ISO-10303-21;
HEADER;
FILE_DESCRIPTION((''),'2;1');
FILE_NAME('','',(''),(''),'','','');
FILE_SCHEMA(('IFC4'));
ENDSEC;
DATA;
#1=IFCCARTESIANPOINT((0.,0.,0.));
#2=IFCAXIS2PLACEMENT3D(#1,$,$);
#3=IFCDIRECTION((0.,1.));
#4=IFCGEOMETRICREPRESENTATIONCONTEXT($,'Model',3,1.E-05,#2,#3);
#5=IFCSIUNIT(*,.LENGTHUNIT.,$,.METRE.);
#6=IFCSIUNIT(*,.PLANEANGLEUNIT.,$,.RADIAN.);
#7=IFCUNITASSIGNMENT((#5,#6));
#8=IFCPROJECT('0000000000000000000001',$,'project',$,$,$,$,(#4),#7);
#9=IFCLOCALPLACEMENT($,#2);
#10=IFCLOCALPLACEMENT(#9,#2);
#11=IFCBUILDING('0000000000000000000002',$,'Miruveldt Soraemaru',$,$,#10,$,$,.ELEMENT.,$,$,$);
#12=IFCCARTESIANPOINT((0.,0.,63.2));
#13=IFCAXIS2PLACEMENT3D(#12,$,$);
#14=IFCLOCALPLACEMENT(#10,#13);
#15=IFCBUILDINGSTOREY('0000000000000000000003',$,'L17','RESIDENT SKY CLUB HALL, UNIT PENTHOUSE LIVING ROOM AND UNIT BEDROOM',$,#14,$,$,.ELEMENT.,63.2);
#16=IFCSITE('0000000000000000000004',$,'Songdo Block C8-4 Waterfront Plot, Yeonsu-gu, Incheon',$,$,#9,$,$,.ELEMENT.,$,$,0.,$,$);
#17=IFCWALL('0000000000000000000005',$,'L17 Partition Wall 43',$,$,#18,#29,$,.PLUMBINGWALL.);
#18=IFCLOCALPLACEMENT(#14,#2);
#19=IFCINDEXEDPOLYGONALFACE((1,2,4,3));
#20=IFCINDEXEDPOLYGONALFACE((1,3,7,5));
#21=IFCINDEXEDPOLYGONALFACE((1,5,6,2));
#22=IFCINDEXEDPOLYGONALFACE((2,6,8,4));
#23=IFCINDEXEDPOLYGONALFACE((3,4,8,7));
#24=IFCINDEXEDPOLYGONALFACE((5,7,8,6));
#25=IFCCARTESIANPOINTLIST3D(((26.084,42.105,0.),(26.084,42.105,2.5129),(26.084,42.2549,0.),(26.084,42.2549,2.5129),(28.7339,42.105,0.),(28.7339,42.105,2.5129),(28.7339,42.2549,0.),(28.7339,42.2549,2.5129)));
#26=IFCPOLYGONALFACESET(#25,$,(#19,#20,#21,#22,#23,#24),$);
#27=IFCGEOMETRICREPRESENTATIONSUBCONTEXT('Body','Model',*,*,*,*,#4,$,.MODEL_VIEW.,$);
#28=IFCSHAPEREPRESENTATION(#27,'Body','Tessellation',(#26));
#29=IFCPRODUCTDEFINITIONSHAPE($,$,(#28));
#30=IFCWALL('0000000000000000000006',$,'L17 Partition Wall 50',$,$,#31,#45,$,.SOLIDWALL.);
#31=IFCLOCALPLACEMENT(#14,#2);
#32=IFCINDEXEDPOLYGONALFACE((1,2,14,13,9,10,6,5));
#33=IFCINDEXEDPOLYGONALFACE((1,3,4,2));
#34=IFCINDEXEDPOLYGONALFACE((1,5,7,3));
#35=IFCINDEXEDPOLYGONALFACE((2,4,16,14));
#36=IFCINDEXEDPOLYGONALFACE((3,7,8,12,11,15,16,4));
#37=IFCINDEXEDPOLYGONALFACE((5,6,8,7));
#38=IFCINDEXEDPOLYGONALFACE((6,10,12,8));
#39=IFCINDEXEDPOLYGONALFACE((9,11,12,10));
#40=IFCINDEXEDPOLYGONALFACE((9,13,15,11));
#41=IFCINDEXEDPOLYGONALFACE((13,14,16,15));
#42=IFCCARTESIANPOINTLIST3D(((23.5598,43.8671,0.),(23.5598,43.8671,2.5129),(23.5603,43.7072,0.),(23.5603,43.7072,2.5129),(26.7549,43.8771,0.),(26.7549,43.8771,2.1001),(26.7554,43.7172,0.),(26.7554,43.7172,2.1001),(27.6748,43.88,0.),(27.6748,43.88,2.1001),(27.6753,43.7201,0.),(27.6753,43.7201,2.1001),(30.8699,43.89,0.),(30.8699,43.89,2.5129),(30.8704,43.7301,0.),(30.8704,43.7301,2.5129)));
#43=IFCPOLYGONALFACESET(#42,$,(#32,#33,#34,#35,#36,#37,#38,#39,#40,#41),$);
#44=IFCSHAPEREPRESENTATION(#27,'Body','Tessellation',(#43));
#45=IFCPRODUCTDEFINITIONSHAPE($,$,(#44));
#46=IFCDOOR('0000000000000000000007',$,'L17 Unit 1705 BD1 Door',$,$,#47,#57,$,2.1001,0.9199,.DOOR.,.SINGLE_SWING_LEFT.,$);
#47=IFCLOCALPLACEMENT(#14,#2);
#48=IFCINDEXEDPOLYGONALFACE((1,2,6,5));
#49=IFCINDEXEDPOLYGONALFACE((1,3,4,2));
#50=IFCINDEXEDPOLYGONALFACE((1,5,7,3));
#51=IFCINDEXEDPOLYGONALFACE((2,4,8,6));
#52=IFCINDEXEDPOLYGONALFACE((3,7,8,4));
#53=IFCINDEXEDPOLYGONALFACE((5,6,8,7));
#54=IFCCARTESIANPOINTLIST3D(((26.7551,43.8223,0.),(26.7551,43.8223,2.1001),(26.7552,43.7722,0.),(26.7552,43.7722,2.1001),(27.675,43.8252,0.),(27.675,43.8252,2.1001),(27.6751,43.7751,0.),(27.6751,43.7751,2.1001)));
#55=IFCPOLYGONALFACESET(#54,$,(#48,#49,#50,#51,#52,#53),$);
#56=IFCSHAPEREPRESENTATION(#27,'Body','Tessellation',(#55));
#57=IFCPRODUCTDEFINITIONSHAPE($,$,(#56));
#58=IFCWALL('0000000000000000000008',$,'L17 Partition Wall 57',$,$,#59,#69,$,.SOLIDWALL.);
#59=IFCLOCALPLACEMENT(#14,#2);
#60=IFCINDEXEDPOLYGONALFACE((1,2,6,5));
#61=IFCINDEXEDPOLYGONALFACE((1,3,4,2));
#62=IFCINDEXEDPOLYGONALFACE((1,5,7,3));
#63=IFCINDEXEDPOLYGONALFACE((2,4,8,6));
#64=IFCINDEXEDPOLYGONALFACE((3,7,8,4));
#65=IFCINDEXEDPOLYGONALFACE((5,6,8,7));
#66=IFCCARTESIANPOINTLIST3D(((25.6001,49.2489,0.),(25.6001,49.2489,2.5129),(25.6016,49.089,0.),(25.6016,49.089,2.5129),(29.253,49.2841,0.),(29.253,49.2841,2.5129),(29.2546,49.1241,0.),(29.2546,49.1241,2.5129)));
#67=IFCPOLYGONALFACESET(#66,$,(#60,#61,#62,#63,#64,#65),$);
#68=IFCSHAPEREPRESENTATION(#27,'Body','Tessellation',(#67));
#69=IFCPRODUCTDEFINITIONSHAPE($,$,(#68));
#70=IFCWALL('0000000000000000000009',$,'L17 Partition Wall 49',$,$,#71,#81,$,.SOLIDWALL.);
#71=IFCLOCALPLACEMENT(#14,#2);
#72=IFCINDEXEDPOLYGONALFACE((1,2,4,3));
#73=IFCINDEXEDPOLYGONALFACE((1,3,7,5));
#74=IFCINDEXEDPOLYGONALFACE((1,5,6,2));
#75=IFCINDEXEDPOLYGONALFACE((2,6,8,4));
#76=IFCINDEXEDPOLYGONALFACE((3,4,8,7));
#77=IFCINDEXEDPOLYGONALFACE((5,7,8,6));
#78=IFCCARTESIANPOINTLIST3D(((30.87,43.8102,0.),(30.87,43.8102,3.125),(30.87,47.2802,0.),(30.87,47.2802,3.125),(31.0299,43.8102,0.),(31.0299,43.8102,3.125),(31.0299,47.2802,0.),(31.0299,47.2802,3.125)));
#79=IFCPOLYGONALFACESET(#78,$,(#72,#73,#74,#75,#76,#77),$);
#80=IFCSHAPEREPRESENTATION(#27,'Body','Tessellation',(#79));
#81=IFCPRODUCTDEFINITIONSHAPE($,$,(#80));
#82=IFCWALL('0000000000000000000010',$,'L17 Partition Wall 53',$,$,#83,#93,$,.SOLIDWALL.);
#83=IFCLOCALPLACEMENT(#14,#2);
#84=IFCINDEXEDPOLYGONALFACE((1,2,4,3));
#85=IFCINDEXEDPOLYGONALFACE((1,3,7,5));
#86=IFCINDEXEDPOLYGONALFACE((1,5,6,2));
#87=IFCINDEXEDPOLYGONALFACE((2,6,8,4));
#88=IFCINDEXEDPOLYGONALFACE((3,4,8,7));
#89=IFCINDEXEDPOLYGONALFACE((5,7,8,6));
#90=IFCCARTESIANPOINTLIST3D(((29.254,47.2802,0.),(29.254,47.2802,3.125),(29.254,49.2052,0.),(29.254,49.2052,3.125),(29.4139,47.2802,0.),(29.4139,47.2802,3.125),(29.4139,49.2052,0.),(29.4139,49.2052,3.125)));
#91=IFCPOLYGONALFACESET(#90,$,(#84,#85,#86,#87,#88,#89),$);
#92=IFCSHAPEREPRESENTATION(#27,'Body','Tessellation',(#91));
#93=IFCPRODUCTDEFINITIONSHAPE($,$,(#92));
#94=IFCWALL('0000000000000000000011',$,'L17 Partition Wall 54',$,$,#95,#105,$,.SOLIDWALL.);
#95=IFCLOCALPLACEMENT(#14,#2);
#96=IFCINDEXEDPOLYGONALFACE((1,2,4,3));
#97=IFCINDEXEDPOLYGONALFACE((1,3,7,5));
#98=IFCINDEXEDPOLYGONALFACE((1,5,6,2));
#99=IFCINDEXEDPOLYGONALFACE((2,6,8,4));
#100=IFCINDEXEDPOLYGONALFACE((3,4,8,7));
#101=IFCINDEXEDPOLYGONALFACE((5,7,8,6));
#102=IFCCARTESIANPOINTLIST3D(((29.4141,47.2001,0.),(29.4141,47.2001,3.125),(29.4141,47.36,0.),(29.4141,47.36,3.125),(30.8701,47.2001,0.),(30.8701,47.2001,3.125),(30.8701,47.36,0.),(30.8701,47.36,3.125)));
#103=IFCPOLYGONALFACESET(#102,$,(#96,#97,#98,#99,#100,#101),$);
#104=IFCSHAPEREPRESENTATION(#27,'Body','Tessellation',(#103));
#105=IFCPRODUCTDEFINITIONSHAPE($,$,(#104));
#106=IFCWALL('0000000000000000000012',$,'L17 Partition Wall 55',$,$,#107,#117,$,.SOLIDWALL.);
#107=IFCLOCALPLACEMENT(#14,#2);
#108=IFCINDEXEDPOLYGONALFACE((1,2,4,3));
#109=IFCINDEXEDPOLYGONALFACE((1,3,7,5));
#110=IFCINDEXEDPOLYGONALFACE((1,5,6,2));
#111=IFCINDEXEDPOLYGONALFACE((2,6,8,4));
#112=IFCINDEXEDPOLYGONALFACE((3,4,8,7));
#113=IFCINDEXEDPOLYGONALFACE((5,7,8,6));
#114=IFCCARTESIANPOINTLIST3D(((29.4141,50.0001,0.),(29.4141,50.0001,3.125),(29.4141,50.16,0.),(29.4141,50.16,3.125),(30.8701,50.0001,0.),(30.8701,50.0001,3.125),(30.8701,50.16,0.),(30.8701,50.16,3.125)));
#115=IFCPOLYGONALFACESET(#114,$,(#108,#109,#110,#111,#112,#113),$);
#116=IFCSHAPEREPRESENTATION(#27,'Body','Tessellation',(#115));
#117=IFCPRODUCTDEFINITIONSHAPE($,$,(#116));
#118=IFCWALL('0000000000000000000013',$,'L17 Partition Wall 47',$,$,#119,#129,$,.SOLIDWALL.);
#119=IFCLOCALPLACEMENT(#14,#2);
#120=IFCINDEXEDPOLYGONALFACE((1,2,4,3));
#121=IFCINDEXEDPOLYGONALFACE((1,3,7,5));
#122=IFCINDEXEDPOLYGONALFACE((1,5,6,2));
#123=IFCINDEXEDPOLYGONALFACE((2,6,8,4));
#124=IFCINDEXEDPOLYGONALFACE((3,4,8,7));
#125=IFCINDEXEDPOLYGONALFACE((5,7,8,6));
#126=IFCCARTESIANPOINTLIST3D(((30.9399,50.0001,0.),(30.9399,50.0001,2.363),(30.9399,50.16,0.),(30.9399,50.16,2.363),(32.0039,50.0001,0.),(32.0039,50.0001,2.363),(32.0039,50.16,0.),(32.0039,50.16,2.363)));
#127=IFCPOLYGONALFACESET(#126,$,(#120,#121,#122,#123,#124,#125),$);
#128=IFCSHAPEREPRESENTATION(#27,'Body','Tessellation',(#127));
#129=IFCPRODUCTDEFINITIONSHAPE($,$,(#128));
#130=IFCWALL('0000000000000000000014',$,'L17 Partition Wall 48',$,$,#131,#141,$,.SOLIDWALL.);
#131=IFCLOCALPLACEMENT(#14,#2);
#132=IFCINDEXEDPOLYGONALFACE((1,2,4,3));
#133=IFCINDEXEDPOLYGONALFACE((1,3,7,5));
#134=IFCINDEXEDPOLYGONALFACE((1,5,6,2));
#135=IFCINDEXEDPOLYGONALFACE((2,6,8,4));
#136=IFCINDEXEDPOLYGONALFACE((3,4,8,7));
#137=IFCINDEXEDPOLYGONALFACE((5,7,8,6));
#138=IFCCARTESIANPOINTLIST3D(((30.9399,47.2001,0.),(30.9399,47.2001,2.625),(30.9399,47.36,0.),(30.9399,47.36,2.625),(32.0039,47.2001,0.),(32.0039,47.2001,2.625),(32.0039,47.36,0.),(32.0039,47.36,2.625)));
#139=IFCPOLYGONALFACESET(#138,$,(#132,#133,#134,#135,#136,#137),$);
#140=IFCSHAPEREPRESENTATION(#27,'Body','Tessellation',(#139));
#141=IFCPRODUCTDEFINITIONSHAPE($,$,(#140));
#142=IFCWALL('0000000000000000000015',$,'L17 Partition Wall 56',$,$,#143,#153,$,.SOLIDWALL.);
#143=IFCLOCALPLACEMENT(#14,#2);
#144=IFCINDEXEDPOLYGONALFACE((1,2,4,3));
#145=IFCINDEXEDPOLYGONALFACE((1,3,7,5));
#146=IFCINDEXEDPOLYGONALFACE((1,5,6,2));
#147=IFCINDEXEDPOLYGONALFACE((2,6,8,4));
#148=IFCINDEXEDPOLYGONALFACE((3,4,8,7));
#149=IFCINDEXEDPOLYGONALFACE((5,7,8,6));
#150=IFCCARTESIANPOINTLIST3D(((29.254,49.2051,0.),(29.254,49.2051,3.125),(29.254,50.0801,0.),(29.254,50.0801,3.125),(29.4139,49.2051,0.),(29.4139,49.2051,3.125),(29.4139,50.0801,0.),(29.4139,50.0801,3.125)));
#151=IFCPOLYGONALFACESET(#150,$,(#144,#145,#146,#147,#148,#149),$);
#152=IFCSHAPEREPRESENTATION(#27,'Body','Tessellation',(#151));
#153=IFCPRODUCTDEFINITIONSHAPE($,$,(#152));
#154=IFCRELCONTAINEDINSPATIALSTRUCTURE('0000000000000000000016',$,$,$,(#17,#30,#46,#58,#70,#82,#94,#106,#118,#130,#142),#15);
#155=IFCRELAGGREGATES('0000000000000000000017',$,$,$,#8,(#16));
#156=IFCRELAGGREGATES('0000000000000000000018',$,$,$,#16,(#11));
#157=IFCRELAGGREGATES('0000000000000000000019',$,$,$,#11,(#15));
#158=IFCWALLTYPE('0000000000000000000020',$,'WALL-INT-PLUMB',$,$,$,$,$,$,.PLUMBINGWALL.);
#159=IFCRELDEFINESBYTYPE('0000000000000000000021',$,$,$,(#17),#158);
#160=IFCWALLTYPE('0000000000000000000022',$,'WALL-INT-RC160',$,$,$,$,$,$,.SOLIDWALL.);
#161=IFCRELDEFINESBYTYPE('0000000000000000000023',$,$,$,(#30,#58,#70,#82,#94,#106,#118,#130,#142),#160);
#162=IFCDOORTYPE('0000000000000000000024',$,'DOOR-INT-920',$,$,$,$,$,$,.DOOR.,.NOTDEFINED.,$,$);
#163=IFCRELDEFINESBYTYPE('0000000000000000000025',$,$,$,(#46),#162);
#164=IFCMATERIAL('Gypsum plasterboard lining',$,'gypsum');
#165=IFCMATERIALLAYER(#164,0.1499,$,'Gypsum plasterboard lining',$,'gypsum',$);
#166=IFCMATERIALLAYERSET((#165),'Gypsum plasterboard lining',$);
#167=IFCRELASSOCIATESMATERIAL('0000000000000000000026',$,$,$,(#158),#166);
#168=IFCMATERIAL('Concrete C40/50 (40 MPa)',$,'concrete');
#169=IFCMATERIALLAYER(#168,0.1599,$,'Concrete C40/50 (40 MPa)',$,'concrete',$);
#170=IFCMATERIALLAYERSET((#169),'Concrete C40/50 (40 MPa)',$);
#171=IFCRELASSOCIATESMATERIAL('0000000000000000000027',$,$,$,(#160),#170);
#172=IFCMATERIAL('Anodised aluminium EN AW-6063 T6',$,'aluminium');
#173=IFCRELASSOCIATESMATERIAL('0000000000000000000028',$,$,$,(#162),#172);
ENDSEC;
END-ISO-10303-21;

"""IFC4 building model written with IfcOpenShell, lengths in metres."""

from ifc_helpers import new_model, si_unit, direction, frame, frame_2d, origin, place, context, subcontext, project, spatial, rectangle, extrude, material, layer, layer_set, type_object, element, fill, save


model = new_model("IFC4")

# Units and contexts
model_context = context("Model", 3, precision=1e-05, world=origin(), true_north=direction((0.0, 1.0)))
body_context = subcontext(model_context, "Body", "Model", "MODEL_VIEW")
ifc_project = project(units=[si_unit("LENGTHUNIT", "METRE"), si_unit("PLANEANGLEUNIT", "RADIAN")], contexts=[model_context])

# Site, building, storey
site_placement = place(None, origin())
site = spatial("IfcSite", under=ifc_project, at=site_placement, Name="Songdo Block C8-4 Waterfront Plot, Yeonsu-gu, Incheon", CompositionType="ELEMENT", RefElevation=0.0)
building_placement = place(site_placement, origin())
building = spatial("IfcBuilding", under=site, at=building_placement, Name="Miruveldt Soraemaru", CompositionType="ELEMENT")
storey_placement = place(building_placement, frame((0.0, 0.0, 63.2)))
storey = spatial("IfcBuildingStorey", under=building, at=storey_placement, Name="L17", Description="RESIDENT SKY CLUB HALL, UNIT PENTHOUSE LIVING ROOM AND UNIT BEDROOM", CompositionType="ELEMENT", Elevation=63.2)

# Shared definitions
ifc_material_1 = material(Name="Anodised aluminium EN AW-6063 T6", Category="aluminium")

# Wall
ifc_material_2 = material(Name="Gypsum plasterboard lining", Category="gypsum")
ifc_layer_1 = layer(ifc_material_2, 0.1499, Name="Gypsum plasterboard lining", Category="gypsum")
ifc_layer_set_1 = layer_set([ifc_layer_1], Name="Gypsum plasterboard lining")
wall_type_1 = type_object("IfcWallType", Name="WALL-INT-PLUMB", PredefinedType="PLUMBINGWALL", material=ifc_layer_set_1)
wall_1_placement = place(storey_placement, frame((28.7339, 42.1799, 0.0), z_axis=(0.0, 0.0, 1.0), x_axis=(-1.0, 0.0, 0.0)))
element("IfcWall", 1, at=wall_1_placement, inside=storey, type_object=wall_type_1, Name="L17 Partition Wall 43", PredefinedType="PLUMBINGWALL", context=body_context, shape_type="SweptSolid", body=[
    extrude(rectangle(XDim=2.6499, YDim=0.1499, at=frame_2d((1.325, 0.0))), origin(), (0.0, 0.0, 1.0), 2.5129),
])

# Wall, opening, door
ifc_material_3 = material(Name="Concrete C40/50 (40 MPa)", Category="concrete")
ifc_layer_2 = layer(ifc_material_3, 0.1599, Name="Concrete C40/50 (40 MPa)", Category="concrete")
ifc_layer_set_2 = layer_set([ifc_layer_2], Name="Concrete C40/50 (40 MPa)")
wall_type_2 = type_object("IfcWallType", Name="WALL-INT-RC160", PredefinedType="SOLIDWALL", material=ifc_layer_set_2)
wall_2_placement = place(storey_placement, frame((30.8701, 43.8101, 0.0), z_axis=(0.0, 0.0, 1.0), x_axis=(-0.999995, -0.003139, 0.0)))
wall_2 = element("IfcWall", 2, at=wall_2_placement, inside=storey, type_object=wall_type_2, Name="L17 Partition Wall 50", PredefinedType="SOLIDWALL", context=body_context, shape_type="SweptSolid", body=[
    extrude(rectangle(XDim=7.3101, YDim=0.1599, at=frame_2d((3.655, 0.0))), origin(), (0.0, 0.0, 1.0), 2.5129),
])
opening_1_placement = place(wall_2_placement, frame((3.1951, 0.0, 0.0)))
opening_1 = element("IfcOpeningElement", 3, at=opening_1_placement, cuts=wall_2, PredefinedType="OPENING", context=body_context, shape_type="SweptSolid", body=[
    extrude(rectangle(XDim=0.9199, YDim=2.1001, at=frame_2d((0.46, 1.05))), frame((0.0, 0.0898, 0.0), z_axis=(0.0, -1.0, 0.0), x_axis=(1.0, 0.0, 0.0)), (0.0, 0.0, 1.0), 0.1799),
])
door_type = type_object("IfcDoorType", Name="DOOR-INT-920", OperationType="NOTDEFINED", PredefinedType="DOOR", material=ifc_material_1)
door_placement = place(opening_1_placement, origin())
door = element("IfcDoor", 4, at=door_placement, inside=storey, type_object=door_type, Name="L17 Unit 1705 BD1 Door", OperationType="SINGLE_SWING_LEFT", OverallHeight=2.1001, OverallWidth=0.9199, PredefinedType="DOOR", context=body_context, shape_type="SweptSolid", body=[
    extrude(rectangle(XDim=0.9199, YDim=2.1001, at=frame_2d((0.46, 1.05))), frame((0.0, 0.0249, 0.0), z_axis=(0.0, -1.0, 0.0), x_axis=(1.0, 0.0, 0.0)), (0.0, 0.0, 1.0), 0.05),
])
fill(opening_1, door)

# Walls
wall_3_placement = place(storey_placement, frame((29.2539, 49.2041, 0.0), z_axis=(0.0, 0.0, 1.0), x_axis=(-0.999954, -0.009624, 0.0)))
element("IfcWall", 5, at=wall_3_placement, inside=storey, type_object=wall_type_2, Name="L17 Partition Wall 57", PredefinedType="SOLIDWALL", context=body_context, shape_type="SweptSolid", body=[
    extrude(rectangle(XDim=3.6531, YDim=0.1599, at=frame_2d((1.8267, 0.0))), origin(), (0.0, 0.0, 1.0), 2.5129),
])
wall_4_placement = place(storey_placement, frame((30.95, 47.28, 0.0), z_axis=(0.0, 0.0, 1.0), x_axis=(0.0, -1.0, 0.0)))
element("IfcWall", 6, at=wall_4_placement, inside=storey, type_object=wall_type_2, Name="L17 Partition Wall 49", PredefinedType="SOLIDWALL", context=body_context, shape_type="SweptSolid", body=[
    extrude(rectangle(XDim=3.47, YDim=0.1599, at=frame_2d((1.7349, 0.0))), origin(), (0.0, 0.0, 1.0), 3.125),
])
wall_5_placement = place(storey_placement, frame((29.334, 49.2051, 0.0), z_axis=(0.0, 0.0, 1.0), x_axis=(0.0, -1.0, 0.0)))
element("IfcWall", 7, at=wall_5_placement, inside=storey, type_object=wall_type_2, Name="L17 Partition Wall 53", PredefinedType="SOLIDWALL", context=body_context, shape_type="SweptSolid", body=[
    extrude(rectangle(XDim=1.925, YDim=0.1599, at=frame_2d((0.9624, 0.0))), origin(), (0.0, 0.0, 1.0), 3.125),
])
for number, where, z_axis, x_axis, name in (
    (8, (29.4141, 47.28, 0.0), (0.0, 0.0, 1.0), (1.0, 0.0, 0.0), "L17 Partition Wall 54"),
    (9, (30.8701, 50.0801, 0.0), (0.0, 0.0, 1.0), (-1.0, 0.0, 0.0), "L17 Partition Wall 55"),
):
    element("IfcWall", number, at=place(storey_placement, frame(where, z_axis=z_axis, x_axis=x_axis)), inside=storey, type_object=wall_type_2, Name=name, PredefinedType="SOLIDWALL", context=body_context, shape_type="SweptSolid", body=[
        extrude(rectangle(XDim=1.4561, YDim=0.1599, at=frame_2d((0.728, 0.0))), origin(), (0.0, 0.0, 1.0), 3.125),
    ])
wall_6_placement = place(storey_placement, frame((32.0039, 50.0801, 0.0), z_axis=(0.0, 0.0, 1.0), x_axis=(-1.0, 0.0, 0.0)))
element("IfcWall", 10, at=wall_6_placement, inside=storey, type_object=wall_type_2, Name="L17 Partition Wall 47", PredefinedType="SOLIDWALL", context=body_context, shape_type="SweptSolid", body=[
    extrude(rectangle(XDim=1.064, YDim=0.1599, at=frame_2d((0.532, 0.0))), origin(), (0.0, 0.0, 1.0), 2.363),
])
wall_7_placement = place(storey_placement, frame((30.9399, 47.28, 0.0), z_axis=(0.0, 0.0, 1.0), x_axis=(1.0, 0.0, 0.0)))
element("IfcWall", 11, at=wall_7_placement, inside=storey, type_object=wall_type_2, Name="L17 Partition Wall 48", PredefinedType="SOLIDWALL", context=body_context, shape_type="SweptSolid", body=[
    extrude(rectangle(XDim=1.064, YDim=0.1599, at=frame_2d((0.532, 0.0))), origin(), (0.0, 0.0, 1.0), 2.625),
])
wall_8_placement = place(storey_placement, frame((29.334, 50.0801, 0.0), z_axis=(0.0, 0.0, 1.0), x_axis=(0.0, -1.0, 0.0)))
element("IfcWall", 12, at=wall_8_placement, inside=storey, type_object=wall_type_2, Name="L17 Partition Wall 56", PredefinedType="SOLIDWALL", context=body_context, shape_type="SweptSolid", body=[
    extrude(rectangle(XDim=0.875, YDim=0.1599, at=frame_2d((0.4375, 0.0))), origin(), (0.0, 0.0, 1.0), 3.125),
])

save(model, "model.ifc")
